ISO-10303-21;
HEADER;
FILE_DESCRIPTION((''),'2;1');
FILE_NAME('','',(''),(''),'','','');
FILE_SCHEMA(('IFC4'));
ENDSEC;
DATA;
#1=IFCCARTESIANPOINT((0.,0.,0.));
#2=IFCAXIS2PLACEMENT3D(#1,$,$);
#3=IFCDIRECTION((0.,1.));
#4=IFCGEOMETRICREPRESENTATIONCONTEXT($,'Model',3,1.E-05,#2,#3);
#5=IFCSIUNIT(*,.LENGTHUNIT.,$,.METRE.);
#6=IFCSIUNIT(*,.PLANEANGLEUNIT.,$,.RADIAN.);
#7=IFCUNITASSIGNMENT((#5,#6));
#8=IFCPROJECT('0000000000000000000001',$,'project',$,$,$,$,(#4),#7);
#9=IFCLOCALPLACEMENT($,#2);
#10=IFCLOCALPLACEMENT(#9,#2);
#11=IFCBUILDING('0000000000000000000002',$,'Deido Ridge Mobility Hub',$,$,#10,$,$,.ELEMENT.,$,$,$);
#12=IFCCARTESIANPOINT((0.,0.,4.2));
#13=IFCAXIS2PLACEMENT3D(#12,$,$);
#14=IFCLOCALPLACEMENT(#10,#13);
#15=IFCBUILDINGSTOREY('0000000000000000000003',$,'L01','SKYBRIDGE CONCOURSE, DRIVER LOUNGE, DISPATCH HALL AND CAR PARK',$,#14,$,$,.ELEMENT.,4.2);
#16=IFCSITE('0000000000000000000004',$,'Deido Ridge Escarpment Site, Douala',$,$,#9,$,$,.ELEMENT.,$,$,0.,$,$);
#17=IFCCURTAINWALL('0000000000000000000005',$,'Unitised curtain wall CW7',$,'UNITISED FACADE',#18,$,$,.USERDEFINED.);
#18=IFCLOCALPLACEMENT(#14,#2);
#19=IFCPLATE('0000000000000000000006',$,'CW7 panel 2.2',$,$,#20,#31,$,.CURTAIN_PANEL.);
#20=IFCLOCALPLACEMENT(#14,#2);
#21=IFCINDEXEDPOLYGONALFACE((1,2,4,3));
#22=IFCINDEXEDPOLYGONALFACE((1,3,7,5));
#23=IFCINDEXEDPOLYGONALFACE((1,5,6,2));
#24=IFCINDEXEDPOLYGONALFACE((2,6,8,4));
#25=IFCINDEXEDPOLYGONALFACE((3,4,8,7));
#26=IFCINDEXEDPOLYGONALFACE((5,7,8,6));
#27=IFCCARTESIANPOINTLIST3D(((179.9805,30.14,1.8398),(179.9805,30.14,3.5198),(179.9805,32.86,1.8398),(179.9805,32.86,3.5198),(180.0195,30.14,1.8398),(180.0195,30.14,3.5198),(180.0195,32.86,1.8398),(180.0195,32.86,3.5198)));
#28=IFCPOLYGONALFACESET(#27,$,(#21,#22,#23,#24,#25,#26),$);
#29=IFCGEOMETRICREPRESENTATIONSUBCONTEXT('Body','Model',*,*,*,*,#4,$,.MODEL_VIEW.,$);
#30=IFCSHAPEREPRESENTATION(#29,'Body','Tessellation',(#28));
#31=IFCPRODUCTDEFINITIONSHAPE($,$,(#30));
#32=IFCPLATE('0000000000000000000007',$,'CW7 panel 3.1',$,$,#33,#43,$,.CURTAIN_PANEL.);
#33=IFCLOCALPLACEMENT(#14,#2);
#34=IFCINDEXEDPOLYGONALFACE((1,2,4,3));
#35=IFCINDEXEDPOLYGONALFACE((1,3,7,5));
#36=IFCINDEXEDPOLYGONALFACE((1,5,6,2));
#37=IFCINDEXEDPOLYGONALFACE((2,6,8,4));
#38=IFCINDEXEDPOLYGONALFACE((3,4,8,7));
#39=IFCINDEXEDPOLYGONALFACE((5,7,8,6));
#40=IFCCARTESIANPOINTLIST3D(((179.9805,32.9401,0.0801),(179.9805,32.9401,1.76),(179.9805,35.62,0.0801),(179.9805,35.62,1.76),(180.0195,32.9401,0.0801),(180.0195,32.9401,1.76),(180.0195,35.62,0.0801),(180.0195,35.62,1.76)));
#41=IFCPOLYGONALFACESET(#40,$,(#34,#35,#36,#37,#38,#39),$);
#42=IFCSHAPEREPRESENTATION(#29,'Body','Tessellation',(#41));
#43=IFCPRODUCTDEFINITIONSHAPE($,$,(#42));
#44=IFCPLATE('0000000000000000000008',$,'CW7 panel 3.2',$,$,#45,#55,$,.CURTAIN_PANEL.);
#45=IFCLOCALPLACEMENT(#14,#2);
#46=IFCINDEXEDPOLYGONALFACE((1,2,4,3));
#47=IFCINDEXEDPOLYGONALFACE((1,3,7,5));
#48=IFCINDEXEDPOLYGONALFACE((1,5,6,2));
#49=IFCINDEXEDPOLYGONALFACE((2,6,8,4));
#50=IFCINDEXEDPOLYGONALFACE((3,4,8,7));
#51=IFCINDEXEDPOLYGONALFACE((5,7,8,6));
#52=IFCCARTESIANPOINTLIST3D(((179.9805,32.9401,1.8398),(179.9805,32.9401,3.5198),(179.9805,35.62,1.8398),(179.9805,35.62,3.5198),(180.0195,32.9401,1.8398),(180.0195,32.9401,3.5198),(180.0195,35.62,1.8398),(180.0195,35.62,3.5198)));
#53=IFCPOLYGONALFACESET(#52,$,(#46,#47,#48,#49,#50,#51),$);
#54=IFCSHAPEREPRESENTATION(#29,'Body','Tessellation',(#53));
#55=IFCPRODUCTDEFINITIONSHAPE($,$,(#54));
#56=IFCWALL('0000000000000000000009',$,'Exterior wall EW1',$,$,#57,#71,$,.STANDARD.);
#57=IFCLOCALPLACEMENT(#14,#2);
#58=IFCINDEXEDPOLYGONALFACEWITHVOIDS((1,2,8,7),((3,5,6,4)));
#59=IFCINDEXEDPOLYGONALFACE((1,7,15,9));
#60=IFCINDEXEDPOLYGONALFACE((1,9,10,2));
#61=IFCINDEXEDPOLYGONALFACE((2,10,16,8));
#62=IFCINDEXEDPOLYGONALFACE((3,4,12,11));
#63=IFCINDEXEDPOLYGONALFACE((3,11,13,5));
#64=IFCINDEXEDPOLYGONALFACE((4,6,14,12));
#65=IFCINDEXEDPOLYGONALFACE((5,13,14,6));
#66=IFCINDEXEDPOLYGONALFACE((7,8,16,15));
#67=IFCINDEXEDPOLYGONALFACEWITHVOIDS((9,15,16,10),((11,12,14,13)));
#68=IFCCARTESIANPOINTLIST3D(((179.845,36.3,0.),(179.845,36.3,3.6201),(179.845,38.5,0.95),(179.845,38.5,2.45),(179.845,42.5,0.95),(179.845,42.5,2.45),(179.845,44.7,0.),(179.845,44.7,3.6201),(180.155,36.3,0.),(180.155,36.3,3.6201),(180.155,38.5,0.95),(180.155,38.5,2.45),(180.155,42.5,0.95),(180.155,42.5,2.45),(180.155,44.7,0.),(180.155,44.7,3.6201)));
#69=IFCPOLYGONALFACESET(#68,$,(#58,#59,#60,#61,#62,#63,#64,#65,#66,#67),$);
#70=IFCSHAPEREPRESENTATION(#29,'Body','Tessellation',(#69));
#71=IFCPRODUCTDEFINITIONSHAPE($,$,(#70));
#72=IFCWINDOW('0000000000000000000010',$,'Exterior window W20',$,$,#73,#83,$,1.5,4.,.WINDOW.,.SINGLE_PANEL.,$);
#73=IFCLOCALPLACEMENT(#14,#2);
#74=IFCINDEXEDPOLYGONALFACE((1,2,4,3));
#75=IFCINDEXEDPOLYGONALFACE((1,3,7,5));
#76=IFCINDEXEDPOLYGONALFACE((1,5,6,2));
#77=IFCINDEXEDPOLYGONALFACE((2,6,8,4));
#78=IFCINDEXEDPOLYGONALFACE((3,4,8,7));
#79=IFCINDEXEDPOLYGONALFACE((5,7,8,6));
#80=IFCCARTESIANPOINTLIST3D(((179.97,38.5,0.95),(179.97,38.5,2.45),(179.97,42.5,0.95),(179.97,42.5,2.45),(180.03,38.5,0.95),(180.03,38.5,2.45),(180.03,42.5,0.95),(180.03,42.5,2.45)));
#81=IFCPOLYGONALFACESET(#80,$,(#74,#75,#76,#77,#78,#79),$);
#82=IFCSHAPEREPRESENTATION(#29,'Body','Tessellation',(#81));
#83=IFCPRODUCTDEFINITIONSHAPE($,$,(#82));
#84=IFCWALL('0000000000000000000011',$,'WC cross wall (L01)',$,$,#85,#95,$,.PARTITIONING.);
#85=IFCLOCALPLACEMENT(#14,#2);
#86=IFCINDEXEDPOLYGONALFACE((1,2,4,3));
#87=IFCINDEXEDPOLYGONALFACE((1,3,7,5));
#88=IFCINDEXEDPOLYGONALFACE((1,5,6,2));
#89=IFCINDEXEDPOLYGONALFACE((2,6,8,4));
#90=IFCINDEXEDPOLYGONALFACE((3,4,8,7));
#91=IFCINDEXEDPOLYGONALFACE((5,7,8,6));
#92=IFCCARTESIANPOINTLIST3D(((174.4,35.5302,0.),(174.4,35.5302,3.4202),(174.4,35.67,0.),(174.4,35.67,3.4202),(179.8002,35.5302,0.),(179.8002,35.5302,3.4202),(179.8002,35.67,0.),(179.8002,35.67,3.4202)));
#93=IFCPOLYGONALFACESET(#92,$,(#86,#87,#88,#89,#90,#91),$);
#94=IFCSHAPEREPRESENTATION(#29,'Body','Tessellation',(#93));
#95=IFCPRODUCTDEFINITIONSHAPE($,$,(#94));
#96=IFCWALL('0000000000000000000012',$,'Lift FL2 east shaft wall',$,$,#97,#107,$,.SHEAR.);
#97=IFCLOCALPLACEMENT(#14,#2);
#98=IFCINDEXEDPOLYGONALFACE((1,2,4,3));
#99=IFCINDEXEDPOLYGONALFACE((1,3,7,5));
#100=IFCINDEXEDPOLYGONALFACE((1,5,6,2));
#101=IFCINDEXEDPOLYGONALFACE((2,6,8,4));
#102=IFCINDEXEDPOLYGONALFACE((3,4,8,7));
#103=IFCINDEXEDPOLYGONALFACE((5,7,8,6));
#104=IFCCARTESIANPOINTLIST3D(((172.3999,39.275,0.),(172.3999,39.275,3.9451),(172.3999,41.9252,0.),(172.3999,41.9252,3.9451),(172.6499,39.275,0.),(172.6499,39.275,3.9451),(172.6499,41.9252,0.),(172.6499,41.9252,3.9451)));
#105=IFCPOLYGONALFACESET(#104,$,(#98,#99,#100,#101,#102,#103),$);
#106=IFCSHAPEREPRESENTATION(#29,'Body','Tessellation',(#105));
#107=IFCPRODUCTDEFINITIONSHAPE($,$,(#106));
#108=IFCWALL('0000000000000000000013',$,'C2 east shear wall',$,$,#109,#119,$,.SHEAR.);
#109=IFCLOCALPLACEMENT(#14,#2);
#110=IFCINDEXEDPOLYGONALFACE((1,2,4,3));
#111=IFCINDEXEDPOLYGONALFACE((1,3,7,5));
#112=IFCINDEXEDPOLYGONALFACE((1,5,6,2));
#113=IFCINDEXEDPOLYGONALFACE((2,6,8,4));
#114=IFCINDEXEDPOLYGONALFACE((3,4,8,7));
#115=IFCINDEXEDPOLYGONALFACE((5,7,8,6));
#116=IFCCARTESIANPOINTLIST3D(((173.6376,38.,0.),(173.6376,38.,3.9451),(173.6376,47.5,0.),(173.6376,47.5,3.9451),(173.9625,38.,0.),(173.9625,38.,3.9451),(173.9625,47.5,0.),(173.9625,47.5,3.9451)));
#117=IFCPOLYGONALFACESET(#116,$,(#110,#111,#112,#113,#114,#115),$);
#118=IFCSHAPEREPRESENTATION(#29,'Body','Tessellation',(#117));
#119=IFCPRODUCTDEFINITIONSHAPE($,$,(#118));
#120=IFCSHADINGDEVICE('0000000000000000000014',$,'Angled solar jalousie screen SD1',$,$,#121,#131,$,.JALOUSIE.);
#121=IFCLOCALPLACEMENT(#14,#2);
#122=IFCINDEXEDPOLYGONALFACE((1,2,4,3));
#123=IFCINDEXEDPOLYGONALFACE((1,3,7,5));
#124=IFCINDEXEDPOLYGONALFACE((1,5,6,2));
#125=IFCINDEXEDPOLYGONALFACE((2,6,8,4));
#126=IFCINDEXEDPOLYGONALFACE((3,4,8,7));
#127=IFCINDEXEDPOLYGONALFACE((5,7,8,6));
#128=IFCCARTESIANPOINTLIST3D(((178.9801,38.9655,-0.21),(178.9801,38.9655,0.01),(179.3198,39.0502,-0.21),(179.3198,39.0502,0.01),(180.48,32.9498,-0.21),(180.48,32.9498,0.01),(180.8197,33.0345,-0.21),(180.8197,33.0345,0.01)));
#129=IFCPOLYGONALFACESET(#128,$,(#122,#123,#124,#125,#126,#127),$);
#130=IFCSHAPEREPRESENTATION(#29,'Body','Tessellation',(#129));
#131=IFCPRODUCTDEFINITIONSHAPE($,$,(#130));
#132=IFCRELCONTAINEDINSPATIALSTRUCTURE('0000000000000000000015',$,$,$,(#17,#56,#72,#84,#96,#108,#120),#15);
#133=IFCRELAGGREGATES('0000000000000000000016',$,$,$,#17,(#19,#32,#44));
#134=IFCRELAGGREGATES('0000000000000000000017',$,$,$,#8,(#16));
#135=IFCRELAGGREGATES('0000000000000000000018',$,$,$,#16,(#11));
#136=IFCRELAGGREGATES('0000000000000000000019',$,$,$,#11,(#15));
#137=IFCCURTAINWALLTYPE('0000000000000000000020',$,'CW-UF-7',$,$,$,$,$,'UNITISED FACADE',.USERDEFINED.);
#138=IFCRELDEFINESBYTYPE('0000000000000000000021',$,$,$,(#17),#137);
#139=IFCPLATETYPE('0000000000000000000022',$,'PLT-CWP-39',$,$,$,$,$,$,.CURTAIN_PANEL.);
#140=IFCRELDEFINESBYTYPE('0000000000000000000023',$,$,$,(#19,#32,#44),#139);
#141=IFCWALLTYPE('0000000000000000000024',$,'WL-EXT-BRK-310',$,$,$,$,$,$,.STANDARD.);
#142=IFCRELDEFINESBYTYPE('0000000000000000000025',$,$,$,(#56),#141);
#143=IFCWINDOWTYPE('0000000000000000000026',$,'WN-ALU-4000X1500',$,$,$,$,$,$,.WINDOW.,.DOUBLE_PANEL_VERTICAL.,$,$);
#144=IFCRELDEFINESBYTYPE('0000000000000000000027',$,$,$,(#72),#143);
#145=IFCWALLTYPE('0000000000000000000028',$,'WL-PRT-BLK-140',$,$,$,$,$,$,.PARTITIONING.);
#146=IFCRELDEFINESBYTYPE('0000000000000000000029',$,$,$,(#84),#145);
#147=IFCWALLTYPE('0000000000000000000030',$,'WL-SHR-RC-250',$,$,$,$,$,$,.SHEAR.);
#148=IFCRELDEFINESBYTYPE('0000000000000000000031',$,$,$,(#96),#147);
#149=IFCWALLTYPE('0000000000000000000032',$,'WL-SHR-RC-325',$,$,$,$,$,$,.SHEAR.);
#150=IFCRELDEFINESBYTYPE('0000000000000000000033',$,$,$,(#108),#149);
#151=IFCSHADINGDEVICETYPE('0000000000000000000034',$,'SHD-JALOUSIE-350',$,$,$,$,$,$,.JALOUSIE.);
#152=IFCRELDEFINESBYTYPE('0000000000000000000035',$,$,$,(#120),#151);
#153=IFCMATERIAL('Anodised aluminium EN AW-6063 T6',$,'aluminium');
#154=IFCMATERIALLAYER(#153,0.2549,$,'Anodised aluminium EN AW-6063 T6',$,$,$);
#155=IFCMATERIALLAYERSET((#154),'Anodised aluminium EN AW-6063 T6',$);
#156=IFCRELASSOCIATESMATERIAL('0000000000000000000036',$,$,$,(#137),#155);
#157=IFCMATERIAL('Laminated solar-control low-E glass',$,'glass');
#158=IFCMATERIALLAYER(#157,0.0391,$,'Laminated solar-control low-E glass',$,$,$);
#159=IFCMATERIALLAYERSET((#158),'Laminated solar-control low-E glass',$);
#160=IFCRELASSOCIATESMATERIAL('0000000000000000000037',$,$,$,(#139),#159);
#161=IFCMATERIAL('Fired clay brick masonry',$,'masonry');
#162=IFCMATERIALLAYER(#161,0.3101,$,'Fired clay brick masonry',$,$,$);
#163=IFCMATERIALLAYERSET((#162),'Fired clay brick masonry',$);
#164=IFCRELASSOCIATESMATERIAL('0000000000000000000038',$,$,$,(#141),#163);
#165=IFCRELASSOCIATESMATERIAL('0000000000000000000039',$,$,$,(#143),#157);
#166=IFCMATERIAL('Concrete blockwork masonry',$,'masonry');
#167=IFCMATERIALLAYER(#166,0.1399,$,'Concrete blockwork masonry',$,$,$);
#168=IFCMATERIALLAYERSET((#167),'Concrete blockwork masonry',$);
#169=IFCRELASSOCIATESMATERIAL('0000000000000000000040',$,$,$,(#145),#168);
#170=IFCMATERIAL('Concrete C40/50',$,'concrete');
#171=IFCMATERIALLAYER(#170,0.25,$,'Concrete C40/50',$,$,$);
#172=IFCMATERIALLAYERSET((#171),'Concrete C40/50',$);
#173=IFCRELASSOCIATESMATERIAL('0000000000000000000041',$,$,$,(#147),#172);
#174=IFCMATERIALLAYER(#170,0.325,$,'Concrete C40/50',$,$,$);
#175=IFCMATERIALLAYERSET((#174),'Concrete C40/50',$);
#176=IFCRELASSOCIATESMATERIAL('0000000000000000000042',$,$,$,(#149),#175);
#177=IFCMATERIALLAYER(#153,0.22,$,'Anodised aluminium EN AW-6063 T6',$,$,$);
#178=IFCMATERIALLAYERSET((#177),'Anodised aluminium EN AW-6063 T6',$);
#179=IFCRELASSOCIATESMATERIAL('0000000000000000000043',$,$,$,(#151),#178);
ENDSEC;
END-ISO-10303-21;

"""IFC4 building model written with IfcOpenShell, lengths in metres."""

from ifc_helpers import new_model, si_unit, direction, frame, frame_2d, origin, origin_2d, place, context, subcontext, project, spatial, rectangle, extrude, material, layer, layer_set, type_object, element, fill, aggregate, save


model = new_model("IFC4")

# Units and contexts
model_context = context("Model", 3, precision=1e-05, world=origin(), true_north=direction((0.0, 1.0)))
body_context = subcontext(model_context, "Body", "Model", "MODEL_VIEW")
ifc_project = project(units=[si_unit("LENGTHUNIT", "METRE"), si_unit("PLANEANGLEUNIT", "RADIAN")], contexts=[model_context])

# Site, building, storey
site_placement = place(None, origin())
site = spatial("IfcSite", under=ifc_project, at=site_placement, Name="Deido Ridge Escarpment Site, Douala", CompositionType="ELEMENT", RefElevation=0.0)
building_placement = place(site_placement, origin())
building = spatial("IfcBuilding", under=site, at=building_placement, Name="Deido Ridge Mobility Hub", CompositionType="ELEMENT")
storey_placement = place(building_placement, frame((0.0, 0.0, 4.2)))
storey = spatial("IfcBuildingStorey", under=building, at=storey_placement, Name="L01", Description="SKYBRIDGE CONCOURSE, DRIVER LOUNGE, DISPATCH HALL AND CAR PARK", CompositionType="ELEMENT", Elevation=4.2)

# Curtain wall
ifc_material_1 = material(Name="Anodised aluminium EN AW-6063 T6", Category="aluminium")
ifc_layer_1 = layer(ifc_material_1, 0.2549, Name="Anodised aluminium EN AW-6063 T6")
ifc_layer_set_1 = layer_set([ifc_layer_1], Name="Anodised aluminium EN AW-6063 T6")
curtain_wall_type = type_object("IfcCurtainWallType", Name="CW-UF-7", ElementType="UNITISED FACADE", PredefinedType="USERDEFINED", material=ifc_layer_set_1)
curtain_wall_placement = place(storey_placement, origin())
curtain_wall = element("IfcCurtainWall", 1, at=curtain_wall_placement, inside=storey, type_object=curtain_wall_type, Name="Unitised curtain wall CW7", ObjectType="UNITISED FACADE", PredefinedType="USERDEFINED")

# Plates
ifc_material_2 = material(Name="Laminated solar-control low-E glass", Category="glass")
ifc_layer_2 = layer(ifc_material_2, 0.0391, Name="Laminated solar-control low-E glass")
ifc_layer_set_2 = layer_set([ifc_layer_2], Name="Laminated solar-control low-E glass")
plate_type = type_object("IfcPlateType", Name="PLT-CWP-39", PredefinedType="CURTAIN_PANEL", material=ifc_layer_set_2)
plate_1_placement = place(storey_placement, frame((180.0, 31.5, 1.8398), z_axis=(0.0, 0.0, 1.0), x_axis=(0.0, 1.0, 0.0)))
plate_1 = element("IfcPlate", 2, at=plate_1_placement, type_object=plate_type, Name="CW7 panel 2.2", PredefinedType="CURTAIN_PANEL", context=body_context, shape_type="SweptSolid", body=[
    extrude(rectangle(XDim=2.72, YDim=0.0391, at=origin_2d()), origin(), (0.0, 0.0, 1.0), 1.6799),
])
plate_2_placement = place(storey_placement, frame((180.0, 34.28, 0.0801), z_axis=(0.0, 0.0, 1.0), x_axis=(0.0, 1.0, 0.0)))
plate_2 = element("IfcPlate", 3, at=plate_2_placement, type_object=plate_type, Name="CW7 panel 3.1", PredefinedType="CURTAIN_PANEL", context=body_context, shape_type="SweptSolid", body=[
    extrude(rectangle(XDim=2.6799, YDim=0.0391, at=origin_2d()), origin(), (0.0, 0.0, 1.0), 1.6799),
])
plate_3_placement = place(storey_placement, frame((180.0, 34.28, 1.8398), z_axis=(0.0, 0.0, 1.0), x_axis=(0.0, 1.0, 0.0)))
plate_3 = element("IfcPlate", 4, at=plate_3_placement, type_object=plate_type, Name="CW7 panel 3.2", PredefinedType="CURTAIN_PANEL", context=body_context, shape_type="SweptSolid", body=[
    extrude(rectangle(XDim=2.6799, YDim=0.0391, at=origin_2d()), origin(), (0.0, 0.0, 1.0), 1.6799),
])
aggregate(curtain_wall, [plate_1, plate_2, plate_3])

# Wall, opening, window
ifc_material_3 = material(Name="Fired clay brick masonry", Category="masonry")
ifc_layer_3 = layer(ifc_material_3, 0.3101, Name="Fired clay brick masonry")
ifc_layer_set_3 = layer_set([ifc_layer_3], Name="Fired clay brick masonry")
wall_type_1 = type_object("IfcWallType", Name="WL-EXT-BRK-310", PredefinedType="STANDARD", material=ifc_layer_set_3)
wall_1_placement = place(storey_placement, frame((180.0, 36.3, 0.0), z_axis=(0.0, 0.0, 1.0), x_axis=(0.0, 1.0, 0.0)))
wall_1 = element("IfcWall", 5, at=wall_1_placement, inside=storey, type_object=wall_type_1, Name="Exterior wall EW1", PredefinedType="STANDARD", context=body_context, shape_type="SweptSolid", body=[
    extrude(rectangle(XDim=8.3999, YDim=0.3101, at=frame_2d((4.2, 0.0))), origin(), (0.0, 0.0, 1.0), 3.6201),
])
opening_placement = place(wall_1_placement, frame((2.2, 0.0, 0.95)))
opening = element("IfcOpeningElement", 6, at=opening_placement, cuts=wall_1, PredefinedType="OPENING", context=body_context, shape_type="SweptSolid", body=[
    extrude(rectangle(XDim=4.0, YDim=1.5, at=frame_2d((2.0, 0.75))), frame((0.0, 0.165, 0.0), z_axis=(0.0, -1.0, 0.0), x_axis=(1.0, 0.0, 0.0)), (0.0, 0.0, 1.0), 0.3301),
])
window_type = type_object("IfcWindowType", Name="WN-ALU-4000X1500", PartitioningType="DOUBLE_PANEL_VERTICAL", PredefinedType="WINDOW", material=ifc_material_2)
window_placement = place(opening_placement, origin())
window = element("IfcWindow", 7, at=window_placement, inside=storey, type_object=window_type, Name="Exterior window W20", OverallHeight=1.5, OverallWidth=4.0, PartitioningType="SINGLE_PANEL", PredefinedType="WINDOW", context=body_context, shape_type="SweptSolid", body=[
    extrude(rectangle(XDim=4.0, YDim=1.5, at=frame_2d((2.0, 0.75))), frame((0.0, 0.03, 0.0), z_axis=(0.0, -1.0, 0.0), x_axis=(1.0, 0.0, 0.0)), (0.0, 0.0, 1.0), 0.0601),
])
fill(opening, window)

# Walls
ifc_material_4 = material(Name="Concrete blockwork masonry", Category="masonry")
ifc_layer_4 = layer(ifc_material_4, 0.1399, Name="Concrete blockwork masonry")
ifc_layer_set_4 = layer_set([ifc_layer_4], Name="Concrete blockwork masonry")
wall_type_2 = type_object("IfcWallType", Name="WL-PRT-BLK-140", PredefinedType="PARTITIONING", material=ifc_layer_set_4)
wall_2_placement = place(storey_placement, frame((174.3999, 35.6001, 0.0), z_axis=(0.0, 0.0, 1.0), x_axis=(1.0, 0.0, 0.0)))
element("IfcWall", 8, at=wall_2_placement, inside=storey, type_object=wall_type_2, Name="WC cross wall (L01)", PredefinedType="PARTITIONING", context=body_context, shape_type="SweptSolid", body=[
    extrude(rectangle(XDim=5.4001, YDim=0.1399, at=frame_2d((2.7002, 0.0))), origin(), (0.0, 0.0, 1.0), 3.4202),
])
ifc_material_5 = material(Name="Concrete C40/50", Category="concrete")
ifc_layer_5 = layer(ifc_material_5, 0.25, Name="Concrete C40/50")
ifc_layer_set_5 = layer_set([ifc_layer_5], Name="Concrete C40/50")
wall_type_3 = type_object("IfcWallType", Name="WL-SHR-RC-250", PredefinedType="SHEAR", material=ifc_layer_set_5)
wall_3_placement = place(storey_placement, frame((172.5249, 39.2749, 0.0), z_axis=(0.0, 0.0, 1.0), x_axis=(0.0, 1.0, 0.0)))
element("IfcWall", 9, at=wall_3_placement, inside=storey, type_object=wall_type_3, Name="Lift FL2 east shaft wall", PredefinedType="SHEAR", context=body_context, shape_type="SweptSolid", body=[
    extrude(rectangle(XDim=2.6501, YDim=0.25, at=frame_2d((1.3252, 0.0))), origin(), (0.0, 0.0, 1.0), 3.9451),
])
ifc_layer_6 = layer(ifc_material_5, 0.325, Name="Concrete C40/50")
ifc_layer_set_6 = layer_set([ifc_layer_6], Name="Concrete C40/50")
wall_type_4 = type_object("IfcWallType", Name="WL-SHR-RC-325", PredefinedType="SHEAR", material=ifc_layer_set_6)
wall_4_placement = place(storey_placement, frame((173.8, 38.0, 0.0), z_axis=(0.0, 0.0, 1.0), x_axis=(0.0, 1.0, 0.0)))
element("IfcWall", 10, at=wall_4_placement, inside=storey, type_object=wall_type_4, Name="C2 east shear wall", PredefinedType="SHEAR", context=body_context, shape_type="SweptSolid", body=[
    extrude(rectangle(XDim=9.5, YDim=0.325, at=frame_2d((4.75, 0.0))), origin(), (0.0, 0.0, 1.0), 3.9451),
])

# Shading device
ifc_layer_7 = layer(ifc_material_1, 0.22, Name="Anodised aluminium EN AW-6063 T6")
ifc_layer_set_7 = layer_set([ifc_layer_7], Name="Anodised aluminium EN AW-6063 T6")
shading_device_type = type_object("IfcShadingDeviceType", Name="SHD-JALOUSIE-350", PredefinedType="JALOUSIE", material=ifc_layer_set_7)
shading_device_placement = place(storey_placement, frame((179.8999, 36.0, -0.21), z_axis=(0.0, 0.0, 1.0), x_axis=(-0.241922, 0.970296, 0.0)))
element("IfcShadingDevice", 11, at=shading_device_placement, inside=storey, type_object=shading_device_type, Name="Angled solar jalousie screen SD1", PredefinedType="JALOUSIE", context=body_context, shape_type="SweptSolid", body=[
    extrude(rectangle(XDim=6.2, YDim=0.3501, at=origin_2d()), origin(), (0.0, 0.0, 1.0), 0.22),
])

save(model, "model.ifc")
